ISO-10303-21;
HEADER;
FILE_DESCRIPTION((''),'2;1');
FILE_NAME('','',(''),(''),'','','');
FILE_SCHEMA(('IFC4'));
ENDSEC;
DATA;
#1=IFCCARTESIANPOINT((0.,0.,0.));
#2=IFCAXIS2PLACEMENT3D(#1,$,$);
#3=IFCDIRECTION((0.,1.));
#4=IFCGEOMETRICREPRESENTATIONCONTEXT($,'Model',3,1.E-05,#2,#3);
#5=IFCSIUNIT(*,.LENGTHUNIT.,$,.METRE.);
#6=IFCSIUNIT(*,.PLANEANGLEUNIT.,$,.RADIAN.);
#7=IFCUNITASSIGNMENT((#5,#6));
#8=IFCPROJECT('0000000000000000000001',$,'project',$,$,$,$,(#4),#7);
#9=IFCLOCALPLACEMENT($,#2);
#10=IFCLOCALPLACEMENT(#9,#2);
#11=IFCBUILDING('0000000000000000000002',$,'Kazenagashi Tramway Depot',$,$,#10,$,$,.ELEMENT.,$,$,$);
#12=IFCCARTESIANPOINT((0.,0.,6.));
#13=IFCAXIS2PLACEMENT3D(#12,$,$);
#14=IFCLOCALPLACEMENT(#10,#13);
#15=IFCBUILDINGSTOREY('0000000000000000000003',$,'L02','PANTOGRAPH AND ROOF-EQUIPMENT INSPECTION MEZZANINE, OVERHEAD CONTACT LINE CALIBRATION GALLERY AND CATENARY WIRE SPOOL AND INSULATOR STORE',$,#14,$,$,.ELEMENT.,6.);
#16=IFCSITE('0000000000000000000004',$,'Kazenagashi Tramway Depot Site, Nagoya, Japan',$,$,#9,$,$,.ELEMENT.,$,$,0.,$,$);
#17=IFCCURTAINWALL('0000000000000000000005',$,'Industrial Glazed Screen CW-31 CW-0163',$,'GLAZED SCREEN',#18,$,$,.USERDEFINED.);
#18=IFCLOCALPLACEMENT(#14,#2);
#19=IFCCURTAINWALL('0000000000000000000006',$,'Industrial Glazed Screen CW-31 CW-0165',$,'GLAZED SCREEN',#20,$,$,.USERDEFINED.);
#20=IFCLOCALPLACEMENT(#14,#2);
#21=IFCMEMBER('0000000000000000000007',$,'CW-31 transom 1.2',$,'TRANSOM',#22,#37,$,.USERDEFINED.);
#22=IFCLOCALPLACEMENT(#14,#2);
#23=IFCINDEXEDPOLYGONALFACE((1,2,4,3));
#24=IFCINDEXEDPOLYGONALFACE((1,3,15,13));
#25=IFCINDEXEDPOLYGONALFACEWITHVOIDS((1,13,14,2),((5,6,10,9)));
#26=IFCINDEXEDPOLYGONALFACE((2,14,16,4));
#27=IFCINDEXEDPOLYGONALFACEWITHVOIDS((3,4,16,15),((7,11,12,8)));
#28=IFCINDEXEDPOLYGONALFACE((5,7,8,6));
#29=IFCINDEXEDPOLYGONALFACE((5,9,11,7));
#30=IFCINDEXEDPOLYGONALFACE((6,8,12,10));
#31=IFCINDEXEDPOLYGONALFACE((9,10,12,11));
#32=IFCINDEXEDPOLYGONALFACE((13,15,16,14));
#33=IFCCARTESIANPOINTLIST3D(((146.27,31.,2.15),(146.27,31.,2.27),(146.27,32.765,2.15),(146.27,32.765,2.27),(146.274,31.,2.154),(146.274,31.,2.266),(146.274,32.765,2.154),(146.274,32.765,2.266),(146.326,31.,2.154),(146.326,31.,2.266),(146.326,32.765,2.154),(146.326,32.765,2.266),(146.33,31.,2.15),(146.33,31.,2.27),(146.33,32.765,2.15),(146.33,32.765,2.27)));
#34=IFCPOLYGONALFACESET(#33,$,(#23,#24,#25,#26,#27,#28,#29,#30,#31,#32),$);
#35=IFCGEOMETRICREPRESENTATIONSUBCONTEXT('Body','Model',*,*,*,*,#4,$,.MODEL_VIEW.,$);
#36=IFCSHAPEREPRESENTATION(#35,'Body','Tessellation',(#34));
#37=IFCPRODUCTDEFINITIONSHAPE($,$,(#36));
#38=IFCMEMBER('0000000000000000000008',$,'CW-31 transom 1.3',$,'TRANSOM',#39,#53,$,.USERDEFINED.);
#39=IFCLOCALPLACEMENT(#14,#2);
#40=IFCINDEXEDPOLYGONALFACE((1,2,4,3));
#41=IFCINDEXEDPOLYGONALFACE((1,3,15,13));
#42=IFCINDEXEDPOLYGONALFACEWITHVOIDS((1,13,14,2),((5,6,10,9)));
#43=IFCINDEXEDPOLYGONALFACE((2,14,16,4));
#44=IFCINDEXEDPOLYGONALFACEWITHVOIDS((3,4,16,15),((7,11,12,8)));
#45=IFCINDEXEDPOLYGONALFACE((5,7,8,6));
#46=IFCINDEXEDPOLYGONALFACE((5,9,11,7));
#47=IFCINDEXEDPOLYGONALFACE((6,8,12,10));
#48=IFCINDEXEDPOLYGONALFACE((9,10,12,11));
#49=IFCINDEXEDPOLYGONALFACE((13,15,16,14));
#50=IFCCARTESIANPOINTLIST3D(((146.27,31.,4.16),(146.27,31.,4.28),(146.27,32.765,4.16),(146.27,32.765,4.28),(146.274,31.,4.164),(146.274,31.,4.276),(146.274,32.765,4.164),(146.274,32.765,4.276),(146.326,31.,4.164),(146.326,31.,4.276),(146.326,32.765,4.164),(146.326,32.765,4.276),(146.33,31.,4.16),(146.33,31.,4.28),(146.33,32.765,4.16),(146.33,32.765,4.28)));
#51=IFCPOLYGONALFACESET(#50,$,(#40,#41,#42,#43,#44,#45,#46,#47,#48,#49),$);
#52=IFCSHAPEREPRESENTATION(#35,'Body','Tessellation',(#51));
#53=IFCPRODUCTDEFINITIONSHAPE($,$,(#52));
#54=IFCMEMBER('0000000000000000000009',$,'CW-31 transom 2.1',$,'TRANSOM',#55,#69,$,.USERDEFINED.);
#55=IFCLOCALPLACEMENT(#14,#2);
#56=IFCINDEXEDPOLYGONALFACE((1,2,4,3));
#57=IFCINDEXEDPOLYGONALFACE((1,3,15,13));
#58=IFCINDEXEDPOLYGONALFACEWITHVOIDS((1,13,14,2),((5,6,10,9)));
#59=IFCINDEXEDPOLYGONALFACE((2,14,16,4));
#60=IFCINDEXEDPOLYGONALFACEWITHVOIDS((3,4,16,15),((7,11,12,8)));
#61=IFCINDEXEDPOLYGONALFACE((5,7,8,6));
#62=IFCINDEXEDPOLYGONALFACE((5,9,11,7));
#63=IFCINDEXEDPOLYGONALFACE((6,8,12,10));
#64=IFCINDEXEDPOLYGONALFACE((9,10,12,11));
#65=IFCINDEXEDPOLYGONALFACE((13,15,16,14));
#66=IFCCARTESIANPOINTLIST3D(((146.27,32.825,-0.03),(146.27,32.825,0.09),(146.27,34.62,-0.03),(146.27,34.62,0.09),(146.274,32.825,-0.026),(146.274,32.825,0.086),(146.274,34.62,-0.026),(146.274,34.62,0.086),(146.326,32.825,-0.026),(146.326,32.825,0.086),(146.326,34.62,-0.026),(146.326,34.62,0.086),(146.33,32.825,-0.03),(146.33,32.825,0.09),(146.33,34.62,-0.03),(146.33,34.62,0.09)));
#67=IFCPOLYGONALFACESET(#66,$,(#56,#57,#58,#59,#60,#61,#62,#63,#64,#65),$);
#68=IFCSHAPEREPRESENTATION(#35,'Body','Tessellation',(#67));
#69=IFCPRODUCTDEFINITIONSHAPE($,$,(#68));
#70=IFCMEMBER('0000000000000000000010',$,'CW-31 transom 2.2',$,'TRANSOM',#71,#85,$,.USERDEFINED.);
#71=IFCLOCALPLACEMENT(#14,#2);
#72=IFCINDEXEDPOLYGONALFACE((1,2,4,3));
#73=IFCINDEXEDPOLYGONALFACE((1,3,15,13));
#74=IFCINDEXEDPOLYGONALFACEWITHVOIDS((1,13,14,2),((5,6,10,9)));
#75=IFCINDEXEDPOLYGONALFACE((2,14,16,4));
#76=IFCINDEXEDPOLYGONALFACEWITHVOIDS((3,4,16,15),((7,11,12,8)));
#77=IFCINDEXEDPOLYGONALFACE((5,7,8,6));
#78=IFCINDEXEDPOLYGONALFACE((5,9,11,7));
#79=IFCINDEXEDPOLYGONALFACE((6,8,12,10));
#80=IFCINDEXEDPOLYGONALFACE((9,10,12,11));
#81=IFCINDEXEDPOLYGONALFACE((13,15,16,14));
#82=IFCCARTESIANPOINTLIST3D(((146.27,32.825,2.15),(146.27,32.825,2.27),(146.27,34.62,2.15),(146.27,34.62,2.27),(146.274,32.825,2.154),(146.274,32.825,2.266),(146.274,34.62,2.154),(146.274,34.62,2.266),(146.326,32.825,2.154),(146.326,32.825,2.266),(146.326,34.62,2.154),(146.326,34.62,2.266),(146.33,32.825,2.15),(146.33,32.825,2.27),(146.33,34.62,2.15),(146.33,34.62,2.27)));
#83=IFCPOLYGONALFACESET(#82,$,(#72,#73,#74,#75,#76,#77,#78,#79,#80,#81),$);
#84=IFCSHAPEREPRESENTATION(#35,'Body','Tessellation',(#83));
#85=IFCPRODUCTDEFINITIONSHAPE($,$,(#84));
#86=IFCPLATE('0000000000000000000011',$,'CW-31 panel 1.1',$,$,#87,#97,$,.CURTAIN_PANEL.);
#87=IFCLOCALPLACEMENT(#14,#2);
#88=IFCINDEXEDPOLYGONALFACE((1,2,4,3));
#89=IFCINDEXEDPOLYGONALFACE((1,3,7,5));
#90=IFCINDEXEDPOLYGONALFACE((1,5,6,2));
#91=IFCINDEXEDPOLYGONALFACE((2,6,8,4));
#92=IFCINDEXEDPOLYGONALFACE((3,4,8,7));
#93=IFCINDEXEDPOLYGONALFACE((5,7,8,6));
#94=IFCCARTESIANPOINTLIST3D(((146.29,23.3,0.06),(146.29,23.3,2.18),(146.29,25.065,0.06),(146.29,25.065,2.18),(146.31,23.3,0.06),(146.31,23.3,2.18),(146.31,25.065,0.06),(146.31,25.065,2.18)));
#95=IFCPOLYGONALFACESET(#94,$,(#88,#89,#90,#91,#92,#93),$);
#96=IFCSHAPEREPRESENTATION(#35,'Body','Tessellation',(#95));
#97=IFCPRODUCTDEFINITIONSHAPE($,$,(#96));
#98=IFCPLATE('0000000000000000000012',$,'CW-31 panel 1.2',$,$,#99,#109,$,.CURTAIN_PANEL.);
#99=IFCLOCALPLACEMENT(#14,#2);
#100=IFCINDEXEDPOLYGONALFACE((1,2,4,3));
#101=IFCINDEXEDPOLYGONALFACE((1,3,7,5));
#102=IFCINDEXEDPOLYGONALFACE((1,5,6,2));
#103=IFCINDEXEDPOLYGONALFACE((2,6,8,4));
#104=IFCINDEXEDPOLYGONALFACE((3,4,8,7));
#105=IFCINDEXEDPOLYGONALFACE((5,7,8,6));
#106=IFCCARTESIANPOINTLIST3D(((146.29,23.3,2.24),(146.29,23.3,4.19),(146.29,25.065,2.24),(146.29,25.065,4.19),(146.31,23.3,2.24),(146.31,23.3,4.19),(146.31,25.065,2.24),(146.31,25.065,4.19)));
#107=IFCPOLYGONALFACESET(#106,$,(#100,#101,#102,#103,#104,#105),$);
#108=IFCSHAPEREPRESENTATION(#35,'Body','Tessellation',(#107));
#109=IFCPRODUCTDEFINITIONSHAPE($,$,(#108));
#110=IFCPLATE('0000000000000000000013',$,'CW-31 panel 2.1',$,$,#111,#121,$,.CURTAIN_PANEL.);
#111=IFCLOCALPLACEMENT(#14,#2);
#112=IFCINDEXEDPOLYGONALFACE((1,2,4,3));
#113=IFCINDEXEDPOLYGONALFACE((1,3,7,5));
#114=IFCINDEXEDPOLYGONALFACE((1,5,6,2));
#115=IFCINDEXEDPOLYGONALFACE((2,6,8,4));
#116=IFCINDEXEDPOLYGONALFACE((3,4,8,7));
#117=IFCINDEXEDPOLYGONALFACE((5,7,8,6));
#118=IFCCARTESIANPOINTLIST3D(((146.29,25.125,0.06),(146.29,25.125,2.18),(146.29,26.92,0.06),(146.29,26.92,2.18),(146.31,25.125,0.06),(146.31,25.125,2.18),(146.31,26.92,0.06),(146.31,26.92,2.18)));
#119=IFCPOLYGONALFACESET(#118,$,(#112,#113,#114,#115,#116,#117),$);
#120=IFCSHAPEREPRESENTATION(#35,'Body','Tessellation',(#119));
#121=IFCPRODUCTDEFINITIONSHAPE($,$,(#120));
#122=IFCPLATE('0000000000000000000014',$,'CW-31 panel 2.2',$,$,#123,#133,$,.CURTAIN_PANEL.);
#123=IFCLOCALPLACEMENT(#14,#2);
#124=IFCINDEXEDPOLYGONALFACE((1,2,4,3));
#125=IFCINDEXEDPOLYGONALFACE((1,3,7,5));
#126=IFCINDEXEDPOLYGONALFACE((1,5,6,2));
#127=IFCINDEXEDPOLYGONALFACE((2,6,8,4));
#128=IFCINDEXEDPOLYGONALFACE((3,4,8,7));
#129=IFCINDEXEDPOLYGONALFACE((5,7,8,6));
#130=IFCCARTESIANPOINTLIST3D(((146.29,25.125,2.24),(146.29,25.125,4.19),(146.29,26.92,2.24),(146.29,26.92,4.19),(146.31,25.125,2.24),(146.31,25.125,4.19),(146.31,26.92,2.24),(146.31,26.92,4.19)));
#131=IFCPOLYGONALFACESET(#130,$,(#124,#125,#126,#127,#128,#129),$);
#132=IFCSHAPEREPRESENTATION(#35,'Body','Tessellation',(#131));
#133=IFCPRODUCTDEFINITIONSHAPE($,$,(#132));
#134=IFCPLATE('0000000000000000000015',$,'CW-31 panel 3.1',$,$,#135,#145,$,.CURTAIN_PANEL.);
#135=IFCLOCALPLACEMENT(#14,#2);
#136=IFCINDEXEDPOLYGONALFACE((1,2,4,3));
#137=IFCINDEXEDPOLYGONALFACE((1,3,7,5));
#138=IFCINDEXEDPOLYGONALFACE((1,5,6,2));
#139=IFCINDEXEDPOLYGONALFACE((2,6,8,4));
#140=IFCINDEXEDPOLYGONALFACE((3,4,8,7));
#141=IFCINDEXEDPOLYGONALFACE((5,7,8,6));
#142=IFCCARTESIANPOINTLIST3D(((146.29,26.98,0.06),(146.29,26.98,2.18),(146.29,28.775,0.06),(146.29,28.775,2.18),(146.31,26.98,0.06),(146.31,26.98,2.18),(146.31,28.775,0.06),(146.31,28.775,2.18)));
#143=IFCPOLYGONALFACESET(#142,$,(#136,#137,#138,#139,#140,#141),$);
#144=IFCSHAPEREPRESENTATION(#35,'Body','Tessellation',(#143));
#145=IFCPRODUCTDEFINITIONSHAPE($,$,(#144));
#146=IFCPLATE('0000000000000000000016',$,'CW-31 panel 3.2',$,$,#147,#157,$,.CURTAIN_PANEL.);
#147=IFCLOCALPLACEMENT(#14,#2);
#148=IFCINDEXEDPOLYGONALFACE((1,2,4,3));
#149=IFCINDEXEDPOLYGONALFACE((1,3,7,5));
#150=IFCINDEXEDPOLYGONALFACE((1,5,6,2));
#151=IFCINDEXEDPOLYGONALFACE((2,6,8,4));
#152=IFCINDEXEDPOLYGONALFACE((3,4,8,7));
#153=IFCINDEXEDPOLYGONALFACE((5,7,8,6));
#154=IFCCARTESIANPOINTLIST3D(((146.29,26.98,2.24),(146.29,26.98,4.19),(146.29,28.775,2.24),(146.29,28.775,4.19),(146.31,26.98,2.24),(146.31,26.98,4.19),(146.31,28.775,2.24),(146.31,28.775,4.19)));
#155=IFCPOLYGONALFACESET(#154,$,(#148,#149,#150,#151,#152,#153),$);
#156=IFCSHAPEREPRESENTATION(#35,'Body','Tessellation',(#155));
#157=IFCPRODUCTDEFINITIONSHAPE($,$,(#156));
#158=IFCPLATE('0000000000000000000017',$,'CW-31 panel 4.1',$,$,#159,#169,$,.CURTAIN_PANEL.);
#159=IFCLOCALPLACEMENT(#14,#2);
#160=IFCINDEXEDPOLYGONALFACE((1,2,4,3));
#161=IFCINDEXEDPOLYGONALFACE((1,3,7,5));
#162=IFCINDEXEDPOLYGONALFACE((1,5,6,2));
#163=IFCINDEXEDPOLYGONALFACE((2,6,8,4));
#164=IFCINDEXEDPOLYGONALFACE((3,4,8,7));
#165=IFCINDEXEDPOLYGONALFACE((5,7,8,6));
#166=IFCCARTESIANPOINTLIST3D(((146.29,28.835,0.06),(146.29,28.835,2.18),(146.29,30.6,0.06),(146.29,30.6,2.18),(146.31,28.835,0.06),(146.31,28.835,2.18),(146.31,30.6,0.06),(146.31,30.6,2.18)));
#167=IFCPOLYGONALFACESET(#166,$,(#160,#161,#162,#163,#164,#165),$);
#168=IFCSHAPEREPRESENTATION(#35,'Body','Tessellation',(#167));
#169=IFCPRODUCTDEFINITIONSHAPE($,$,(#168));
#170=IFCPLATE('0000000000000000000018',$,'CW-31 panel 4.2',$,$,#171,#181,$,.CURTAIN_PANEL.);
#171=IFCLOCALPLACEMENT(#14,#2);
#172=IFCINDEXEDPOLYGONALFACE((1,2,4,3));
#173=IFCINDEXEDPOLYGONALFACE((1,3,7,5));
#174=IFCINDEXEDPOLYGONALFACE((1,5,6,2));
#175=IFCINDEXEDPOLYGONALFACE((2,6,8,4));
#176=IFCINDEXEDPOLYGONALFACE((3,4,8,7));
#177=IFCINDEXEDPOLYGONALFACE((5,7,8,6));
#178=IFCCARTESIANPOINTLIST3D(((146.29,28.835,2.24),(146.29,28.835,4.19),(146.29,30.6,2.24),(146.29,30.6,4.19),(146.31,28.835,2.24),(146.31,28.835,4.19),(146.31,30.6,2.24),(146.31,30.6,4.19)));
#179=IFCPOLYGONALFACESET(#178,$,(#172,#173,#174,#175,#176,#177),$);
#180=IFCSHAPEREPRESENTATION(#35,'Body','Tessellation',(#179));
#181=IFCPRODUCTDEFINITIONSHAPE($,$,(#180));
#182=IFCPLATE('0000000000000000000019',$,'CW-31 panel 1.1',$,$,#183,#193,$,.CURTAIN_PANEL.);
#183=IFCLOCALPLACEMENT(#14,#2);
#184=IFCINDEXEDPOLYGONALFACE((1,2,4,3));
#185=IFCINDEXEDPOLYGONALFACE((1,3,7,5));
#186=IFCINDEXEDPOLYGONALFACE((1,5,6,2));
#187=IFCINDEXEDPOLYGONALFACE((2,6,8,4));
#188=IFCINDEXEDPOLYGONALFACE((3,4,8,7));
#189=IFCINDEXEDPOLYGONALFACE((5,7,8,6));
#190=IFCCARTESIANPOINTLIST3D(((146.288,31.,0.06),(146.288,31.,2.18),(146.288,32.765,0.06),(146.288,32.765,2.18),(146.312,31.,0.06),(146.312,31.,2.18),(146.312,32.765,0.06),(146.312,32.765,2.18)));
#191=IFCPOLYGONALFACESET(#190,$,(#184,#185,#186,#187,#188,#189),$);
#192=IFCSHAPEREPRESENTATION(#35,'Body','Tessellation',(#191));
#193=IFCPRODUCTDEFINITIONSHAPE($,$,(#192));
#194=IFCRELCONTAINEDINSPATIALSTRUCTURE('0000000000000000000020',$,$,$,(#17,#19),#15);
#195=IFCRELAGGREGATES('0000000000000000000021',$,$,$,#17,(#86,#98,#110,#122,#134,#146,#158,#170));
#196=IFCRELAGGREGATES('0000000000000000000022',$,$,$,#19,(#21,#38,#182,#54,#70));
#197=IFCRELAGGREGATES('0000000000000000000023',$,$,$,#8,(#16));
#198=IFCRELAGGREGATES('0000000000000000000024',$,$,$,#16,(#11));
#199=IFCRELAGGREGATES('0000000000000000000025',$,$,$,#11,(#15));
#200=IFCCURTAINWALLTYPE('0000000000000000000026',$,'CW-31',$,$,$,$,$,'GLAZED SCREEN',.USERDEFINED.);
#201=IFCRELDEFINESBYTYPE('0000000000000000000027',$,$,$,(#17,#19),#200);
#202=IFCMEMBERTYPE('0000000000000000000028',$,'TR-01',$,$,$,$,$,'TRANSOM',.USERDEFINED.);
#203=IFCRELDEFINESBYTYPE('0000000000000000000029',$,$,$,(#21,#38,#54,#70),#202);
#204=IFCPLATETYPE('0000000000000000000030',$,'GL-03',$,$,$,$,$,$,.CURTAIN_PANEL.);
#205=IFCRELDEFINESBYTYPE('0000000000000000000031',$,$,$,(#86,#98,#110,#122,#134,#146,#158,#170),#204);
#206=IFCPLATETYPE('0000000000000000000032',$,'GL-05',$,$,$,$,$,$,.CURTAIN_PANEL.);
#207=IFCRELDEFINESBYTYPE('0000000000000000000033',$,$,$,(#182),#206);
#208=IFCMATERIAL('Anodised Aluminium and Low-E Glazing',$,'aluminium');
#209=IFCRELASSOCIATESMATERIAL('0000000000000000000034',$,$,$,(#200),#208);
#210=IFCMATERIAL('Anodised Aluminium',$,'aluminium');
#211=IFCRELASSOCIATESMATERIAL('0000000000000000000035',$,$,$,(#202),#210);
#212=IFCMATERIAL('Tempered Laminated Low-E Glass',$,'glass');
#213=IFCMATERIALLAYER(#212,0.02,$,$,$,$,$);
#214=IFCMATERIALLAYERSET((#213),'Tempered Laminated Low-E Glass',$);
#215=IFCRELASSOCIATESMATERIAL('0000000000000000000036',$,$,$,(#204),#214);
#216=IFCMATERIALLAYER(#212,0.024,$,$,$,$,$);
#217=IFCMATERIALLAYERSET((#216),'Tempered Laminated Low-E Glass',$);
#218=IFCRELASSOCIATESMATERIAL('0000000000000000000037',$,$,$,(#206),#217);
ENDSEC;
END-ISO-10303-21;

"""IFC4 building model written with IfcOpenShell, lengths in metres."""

from ifc_helpers import new_model, si_unit, direction, frame, origin, origin_2d, place, context, subcontext, project, spatial, rectangle, hollow_rectangle, extrude, material, layer, layer_set, material_profile, profile_set, type_object, element, aggregate, save


model = new_model("IFC4")

# Units and contexts
model_context = context("Model", 3, precision=1e-05, world=origin(), true_north=direction((0.0, 1.0)))
body_context = subcontext(model_context, "Body", "Model", "MODEL_VIEW")
ifc_project = project(units=[si_unit("LENGTHUNIT", "METRE"), si_unit("PLANEANGLEUNIT", "RADIAN")], contexts=[model_context])

# Site, building, storey
site_placement = place(None, origin())
site = spatial("IfcSite", under=ifc_project, at=site_placement, Name="Kazenagashi Tramway Depot Site, Nagoya, Japan", CompositionType="ELEMENT", RefElevation=0.0)
building_placement = place(site_placement, origin())
building = spatial("IfcBuilding", under=site, at=building_placement, Name="Kazenagashi Tramway Depot", CompositionType="ELEMENT")
storey_placement = place(building_placement, frame((0.0, 0.0, 6.0)))
storey = spatial("IfcBuildingStorey", under=building, at=storey_placement, Name="L02", Description="PANTOGRAPH AND ROOF-EQUIPMENT INSPECTION MEZZANINE, OVERHEAD CONTACT LINE CALIBRATION GALLERY AND CATENARY WIRE SPOOL AND INSULATOR STORE", CompositionType="ELEMENT", Elevation=6.0)

# Curtain walls
ifc_material_1 = material(Name="Anodised Aluminium and Low-E Glazing", Category="aluminium")
curtain_wall_type = type_object("IfcCurtainWallType", Name="CW-31", ElementType="GLAZED SCREEN", PredefinedType="USERDEFINED", material=ifc_material_1)
curtain_wall_1_placement = place(storey_placement, origin())
curtain_wall_1 = element("IfcCurtainWall", 1, at=curtain_wall_1_placement, inside=storey, type_object=curtain_wall_type, Name="Industrial Glazed Screen CW-31 CW-0163", ObjectType="GLAZED SCREEN", PredefinedType="USERDEFINED")
ifc_material_2 = material(Name="Anodised Aluminium", Category="aluminium")
curtain_wall_2_placement = place(storey_placement, origin())
curtain_wall_2 = element("IfcCurtainWall", 2, at=curtain_wall_2_placement, inside=storey, type_object=curtain_wall_type, Name="Industrial Glazed Screen CW-31 CW-0165", ObjectType="GLAZED SCREEN", PredefinedType="USERDEFINED")

# Members
ifc_material_profile_1 = material_profile(ifc_material_2, hollow_rectangle(XDim=0.06, YDim=0.12, WallThickness=0.004, at=origin_2d()), Name="RHS-120x60x4")
ifc_profile_set_1 = profile_set([ifc_material_profile_1], Name="Anodised Aluminium")
member_type_1 = type_object("IfcMemberType", Name="TR-01", ElementType="TRANSOM", PredefinedType="USERDEFINED", material=ifc_profile_set_1)
member_1_placement = place(storey_placement, frame((146.3, 31.0, 2.21), z_axis=(0.0, 1.0, 0.0), x_axis=(-1.0, 0.0, 0.0)))
member_1 = element("IfcMember", 3, at=member_1_placement, type_object=member_type_1, Name="CW-31 transom 1.2", ObjectType="TRANSOM", PredefinedType="USERDEFINED", context=body_context, shape_type="SweptSolid", body=[
    extrude(hollow_rectangle(XDim=0.06, YDim=0.12, WallThickness=0.004, at=origin_2d()), origin(), (0.0, 0.0, 1.0), 1.765),
])
member_2_placement = place(storey_placement, frame((146.3, 31.0, 4.22), z_axis=(0.0, 1.0, 0.0), x_axis=(-1.0, 0.0, 0.0)))
member_2 = element("IfcMember", 4, at=member_2_placement, type_object=member_type_1, Name="CW-31 transom 1.3", ObjectType="TRANSOM", PredefinedType="USERDEFINED", context=body_context, shape_type="SweptSolid", body=[
    extrude(hollow_rectangle(XDim=0.06, YDim=0.12, WallThickness=0.004, at=origin_2d()), origin(), (0.0, 0.0, 1.0), 1.765),
])
member_3_placement = place(storey_placement, frame((146.3, 32.825, 0.03), z_axis=(0.0, 1.0, 0.0), x_axis=(-1.0, 0.0, 0.0)))
member_3 = element("IfcMember", 5, at=member_3_placement, type_object=member_type_1, Name="CW-31 transom 2.1", ObjectType="TRANSOM", PredefinedType="USERDEFINED", context=body_context, shape_type="SweptSolid", body=[
    extrude(hollow_rectangle(XDim=0.06, YDim=0.12, WallThickness=0.004, at=origin_2d()), origin(), (0.0, 0.0, 1.0), 1.795),
])
member_4_placement = place(storey_placement, frame((146.3, 32.825, 2.21), z_axis=(0.0, 1.0, 0.0), x_axis=(-1.0, 0.0, 0.0)))
member_4 = element("IfcMember", 6, at=member_4_placement, type_object=member_type_1, Name="CW-31 transom 2.2", ObjectType="TRANSOM", PredefinedType="USERDEFINED", context=body_context, shape_type="SweptSolid", body=[
    extrude(hollow_rectangle(XDim=0.06, YDim=0.12, WallThickness=0.004, at=origin_2d()), origin(), (0.0, 0.0, 1.0), 1.795),
])

# Plates
ifc_material_3 = material(Name="Tempered Laminated Low-E Glass", Category="glass")
ifc_layer_1 = layer(ifc_material_3, 0.02)
ifc_layer_set_1 = layer_set([ifc_layer_1], Name="Tempered Laminated Low-E Glass")
plate_type_1 = type_object("IfcPlateType", Name="GL-03", PredefinedType="CURTAIN_PANEL", material=ifc_layer_set_1)
plate_1_placement = place(storey_placement, frame((146.3, 24.1825, 0.06), z_axis=(0.0, 0.0, 1.0), x_axis=(0.0, 1.0, 0.0)))
plate_1 = element("IfcPlate", 7, at=plate_1_placement, type_object=plate_type_1, Name="CW-31 panel 1.1", PredefinedType="CURTAIN_PANEL", context=body_context, shape_type="SweptSolid", body=[
    extrude(rectangle(XDim=1.765, YDim=0.02, at=origin_2d()), origin(), (0.0, 0.0, 1.0), 2.12),
])
plate_2_placement = place(storey_placement, frame((146.3, 24.1825, 2.24), z_axis=(0.0, 0.0, 1.0), x_axis=(0.0, 1.0, 0.0)))
plate_2 = element("IfcPlate", 8, at=plate_2_placement, type_object=plate_type_1, Name="CW-31 panel 1.2", PredefinedType="CURTAIN_PANEL", context=body_context, shape_type="SweptSolid", body=[
    extrude(rectangle(XDim=1.765, YDim=0.02, at=origin_2d()), origin(), (0.0, 0.0, 1.0), 1.95),
])
plate_3_placement = place(storey_placement, frame((146.3, 26.0225, 0.06), z_axis=(0.0, 0.0, 1.0), x_axis=(0.0, 1.0, 0.0)))
plate_3 = element("IfcPlate", 9, at=plate_3_placement, type_object=plate_type_1, Name="CW-31 panel 2.1", PredefinedType="CURTAIN_PANEL", context=body_context, shape_type="SweptSolid", body=[
    extrude(rectangle(XDim=1.795, YDim=0.02, at=origin_2d()), origin(), (0.0, 0.0, 1.0), 2.12),
])
plate_4_placement = place(storey_placement, frame((146.3, 26.0225, 2.24), z_axis=(0.0, 0.0, 1.0), x_axis=(0.0, 1.0, 0.0)))
plate_4 = element("IfcPlate", 10, at=plate_4_placement, type_object=plate_type_1, Name="CW-31 panel 2.2", PredefinedType="CURTAIN_PANEL", context=body_context, shape_type="SweptSolid", body=[
    extrude(rectangle(XDim=1.795, YDim=0.02, at=origin_2d()), origin(), (0.0, 0.0, 1.0), 1.95),
])
plate_5_placement = place(storey_placement, frame((146.3, 27.8775, 0.06), z_axis=(0.0, 0.0, 1.0), x_axis=(0.0, 1.0, 0.0)))
plate_5 = element("IfcPlate", 11, at=plate_5_placement, type_object=plate_type_1, Name="CW-31 panel 3.1", PredefinedType="CURTAIN_PANEL", context=body_context, shape_type="SweptSolid", body=[
    extrude(rectangle(XDim=1.795, YDim=0.02, at=origin_2d()), origin(), (0.0, 0.0, 1.0), 2.12),
])
plate_6_placement = place(storey_placement, frame((146.3, 27.8775, 2.24), z_axis=(0.0, 0.0, 1.0), x_axis=(0.0, 1.0, 0.0)))
plate_6 = element("IfcPlate", 12, at=plate_6_placement, type_object=plate_type_1, Name="CW-31 panel 3.2", PredefinedType="CURTAIN_PANEL", context=body_context, shape_type="SweptSolid", body=[
    extrude(rectangle(XDim=1.795, YDim=0.02, at=origin_2d()), origin(), (0.0, 0.0, 1.0), 1.95),
])
plate_7_placement = place(storey_placement, frame((146.3, 29.7175, 0.06), z_axis=(0.0, 0.0, 1.0), x_axis=(0.0, 1.0, 0.0)))
plate_7 = element("IfcPlate", 13, at=plate_7_placement, type_object=plate_type_1, Name="CW-31 panel 4.1", PredefinedType="CURTAIN_PANEL", context=body_context, shape_type="SweptSolid", body=[
    extrude(rectangle(XDim=1.765, YDim=0.02, at=origin_2d()), origin(), (0.0, 0.0, 1.0), 2.12),
])
plate_8_placement = place(storey_placement, frame((146.3, 29.7175, 2.24), z_axis=(0.0, 0.0, 1.0), x_axis=(0.0, 1.0, 0.0)))
plate_8 = element("IfcPlate", 14, at=plate_8_placement, type_object=plate_type_1, Name="CW-31 panel 4.2", PredefinedType="CURTAIN_PANEL", context=body_context, shape_type="SweptSolid", body=[
    extrude(rectangle(XDim=1.765, YDim=0.02, at=origin_2d()), origin(), (0.0, 0.0, 1.0), 1.95),
])
aggregate(curtain_wall_1, [plate_1, plate_2, plate_3, plate_4, plate_5, plate_6, plate_7, plate_8])
ifc_layer_2 = layer(ifc_material_3, 0.024)
ifc_layer_set_2 = layer_set([ifc_layer_2], Name="Tempered Laminated Low-E Glass")
plate_type_2 = type_object("IfcPlateType", Name="GL-05", PredefinedType="CURTAIN_PANEL", material=ifc_layer_set_2)
plate_9_placement = place(storey_placement, frame((146.3, 31.8825, 0.06), z_axis=(0.0, 0.0, 1.0), x_axis=(0.0, 1.0, 0.0)))
plate_9 = element("IfcPlate", 15, at=plate_9_placement, type_object=plate_type_2, Name="CW-31 panel 1.1", PredefinedType="CURTAIN_PANEL", context=body_context, shape_type="SweptSolid", body=[
    extrude(rectangle(XDim=1.765, YDim=0.024, at=origin_2d()), origin(), (0.0, 0.0, 1.0), 2.12),
])
aggregate(curtain_wall_2, [member_1, member_2, plate_9, member_3, member_4])

save(model, "model.ifc")
